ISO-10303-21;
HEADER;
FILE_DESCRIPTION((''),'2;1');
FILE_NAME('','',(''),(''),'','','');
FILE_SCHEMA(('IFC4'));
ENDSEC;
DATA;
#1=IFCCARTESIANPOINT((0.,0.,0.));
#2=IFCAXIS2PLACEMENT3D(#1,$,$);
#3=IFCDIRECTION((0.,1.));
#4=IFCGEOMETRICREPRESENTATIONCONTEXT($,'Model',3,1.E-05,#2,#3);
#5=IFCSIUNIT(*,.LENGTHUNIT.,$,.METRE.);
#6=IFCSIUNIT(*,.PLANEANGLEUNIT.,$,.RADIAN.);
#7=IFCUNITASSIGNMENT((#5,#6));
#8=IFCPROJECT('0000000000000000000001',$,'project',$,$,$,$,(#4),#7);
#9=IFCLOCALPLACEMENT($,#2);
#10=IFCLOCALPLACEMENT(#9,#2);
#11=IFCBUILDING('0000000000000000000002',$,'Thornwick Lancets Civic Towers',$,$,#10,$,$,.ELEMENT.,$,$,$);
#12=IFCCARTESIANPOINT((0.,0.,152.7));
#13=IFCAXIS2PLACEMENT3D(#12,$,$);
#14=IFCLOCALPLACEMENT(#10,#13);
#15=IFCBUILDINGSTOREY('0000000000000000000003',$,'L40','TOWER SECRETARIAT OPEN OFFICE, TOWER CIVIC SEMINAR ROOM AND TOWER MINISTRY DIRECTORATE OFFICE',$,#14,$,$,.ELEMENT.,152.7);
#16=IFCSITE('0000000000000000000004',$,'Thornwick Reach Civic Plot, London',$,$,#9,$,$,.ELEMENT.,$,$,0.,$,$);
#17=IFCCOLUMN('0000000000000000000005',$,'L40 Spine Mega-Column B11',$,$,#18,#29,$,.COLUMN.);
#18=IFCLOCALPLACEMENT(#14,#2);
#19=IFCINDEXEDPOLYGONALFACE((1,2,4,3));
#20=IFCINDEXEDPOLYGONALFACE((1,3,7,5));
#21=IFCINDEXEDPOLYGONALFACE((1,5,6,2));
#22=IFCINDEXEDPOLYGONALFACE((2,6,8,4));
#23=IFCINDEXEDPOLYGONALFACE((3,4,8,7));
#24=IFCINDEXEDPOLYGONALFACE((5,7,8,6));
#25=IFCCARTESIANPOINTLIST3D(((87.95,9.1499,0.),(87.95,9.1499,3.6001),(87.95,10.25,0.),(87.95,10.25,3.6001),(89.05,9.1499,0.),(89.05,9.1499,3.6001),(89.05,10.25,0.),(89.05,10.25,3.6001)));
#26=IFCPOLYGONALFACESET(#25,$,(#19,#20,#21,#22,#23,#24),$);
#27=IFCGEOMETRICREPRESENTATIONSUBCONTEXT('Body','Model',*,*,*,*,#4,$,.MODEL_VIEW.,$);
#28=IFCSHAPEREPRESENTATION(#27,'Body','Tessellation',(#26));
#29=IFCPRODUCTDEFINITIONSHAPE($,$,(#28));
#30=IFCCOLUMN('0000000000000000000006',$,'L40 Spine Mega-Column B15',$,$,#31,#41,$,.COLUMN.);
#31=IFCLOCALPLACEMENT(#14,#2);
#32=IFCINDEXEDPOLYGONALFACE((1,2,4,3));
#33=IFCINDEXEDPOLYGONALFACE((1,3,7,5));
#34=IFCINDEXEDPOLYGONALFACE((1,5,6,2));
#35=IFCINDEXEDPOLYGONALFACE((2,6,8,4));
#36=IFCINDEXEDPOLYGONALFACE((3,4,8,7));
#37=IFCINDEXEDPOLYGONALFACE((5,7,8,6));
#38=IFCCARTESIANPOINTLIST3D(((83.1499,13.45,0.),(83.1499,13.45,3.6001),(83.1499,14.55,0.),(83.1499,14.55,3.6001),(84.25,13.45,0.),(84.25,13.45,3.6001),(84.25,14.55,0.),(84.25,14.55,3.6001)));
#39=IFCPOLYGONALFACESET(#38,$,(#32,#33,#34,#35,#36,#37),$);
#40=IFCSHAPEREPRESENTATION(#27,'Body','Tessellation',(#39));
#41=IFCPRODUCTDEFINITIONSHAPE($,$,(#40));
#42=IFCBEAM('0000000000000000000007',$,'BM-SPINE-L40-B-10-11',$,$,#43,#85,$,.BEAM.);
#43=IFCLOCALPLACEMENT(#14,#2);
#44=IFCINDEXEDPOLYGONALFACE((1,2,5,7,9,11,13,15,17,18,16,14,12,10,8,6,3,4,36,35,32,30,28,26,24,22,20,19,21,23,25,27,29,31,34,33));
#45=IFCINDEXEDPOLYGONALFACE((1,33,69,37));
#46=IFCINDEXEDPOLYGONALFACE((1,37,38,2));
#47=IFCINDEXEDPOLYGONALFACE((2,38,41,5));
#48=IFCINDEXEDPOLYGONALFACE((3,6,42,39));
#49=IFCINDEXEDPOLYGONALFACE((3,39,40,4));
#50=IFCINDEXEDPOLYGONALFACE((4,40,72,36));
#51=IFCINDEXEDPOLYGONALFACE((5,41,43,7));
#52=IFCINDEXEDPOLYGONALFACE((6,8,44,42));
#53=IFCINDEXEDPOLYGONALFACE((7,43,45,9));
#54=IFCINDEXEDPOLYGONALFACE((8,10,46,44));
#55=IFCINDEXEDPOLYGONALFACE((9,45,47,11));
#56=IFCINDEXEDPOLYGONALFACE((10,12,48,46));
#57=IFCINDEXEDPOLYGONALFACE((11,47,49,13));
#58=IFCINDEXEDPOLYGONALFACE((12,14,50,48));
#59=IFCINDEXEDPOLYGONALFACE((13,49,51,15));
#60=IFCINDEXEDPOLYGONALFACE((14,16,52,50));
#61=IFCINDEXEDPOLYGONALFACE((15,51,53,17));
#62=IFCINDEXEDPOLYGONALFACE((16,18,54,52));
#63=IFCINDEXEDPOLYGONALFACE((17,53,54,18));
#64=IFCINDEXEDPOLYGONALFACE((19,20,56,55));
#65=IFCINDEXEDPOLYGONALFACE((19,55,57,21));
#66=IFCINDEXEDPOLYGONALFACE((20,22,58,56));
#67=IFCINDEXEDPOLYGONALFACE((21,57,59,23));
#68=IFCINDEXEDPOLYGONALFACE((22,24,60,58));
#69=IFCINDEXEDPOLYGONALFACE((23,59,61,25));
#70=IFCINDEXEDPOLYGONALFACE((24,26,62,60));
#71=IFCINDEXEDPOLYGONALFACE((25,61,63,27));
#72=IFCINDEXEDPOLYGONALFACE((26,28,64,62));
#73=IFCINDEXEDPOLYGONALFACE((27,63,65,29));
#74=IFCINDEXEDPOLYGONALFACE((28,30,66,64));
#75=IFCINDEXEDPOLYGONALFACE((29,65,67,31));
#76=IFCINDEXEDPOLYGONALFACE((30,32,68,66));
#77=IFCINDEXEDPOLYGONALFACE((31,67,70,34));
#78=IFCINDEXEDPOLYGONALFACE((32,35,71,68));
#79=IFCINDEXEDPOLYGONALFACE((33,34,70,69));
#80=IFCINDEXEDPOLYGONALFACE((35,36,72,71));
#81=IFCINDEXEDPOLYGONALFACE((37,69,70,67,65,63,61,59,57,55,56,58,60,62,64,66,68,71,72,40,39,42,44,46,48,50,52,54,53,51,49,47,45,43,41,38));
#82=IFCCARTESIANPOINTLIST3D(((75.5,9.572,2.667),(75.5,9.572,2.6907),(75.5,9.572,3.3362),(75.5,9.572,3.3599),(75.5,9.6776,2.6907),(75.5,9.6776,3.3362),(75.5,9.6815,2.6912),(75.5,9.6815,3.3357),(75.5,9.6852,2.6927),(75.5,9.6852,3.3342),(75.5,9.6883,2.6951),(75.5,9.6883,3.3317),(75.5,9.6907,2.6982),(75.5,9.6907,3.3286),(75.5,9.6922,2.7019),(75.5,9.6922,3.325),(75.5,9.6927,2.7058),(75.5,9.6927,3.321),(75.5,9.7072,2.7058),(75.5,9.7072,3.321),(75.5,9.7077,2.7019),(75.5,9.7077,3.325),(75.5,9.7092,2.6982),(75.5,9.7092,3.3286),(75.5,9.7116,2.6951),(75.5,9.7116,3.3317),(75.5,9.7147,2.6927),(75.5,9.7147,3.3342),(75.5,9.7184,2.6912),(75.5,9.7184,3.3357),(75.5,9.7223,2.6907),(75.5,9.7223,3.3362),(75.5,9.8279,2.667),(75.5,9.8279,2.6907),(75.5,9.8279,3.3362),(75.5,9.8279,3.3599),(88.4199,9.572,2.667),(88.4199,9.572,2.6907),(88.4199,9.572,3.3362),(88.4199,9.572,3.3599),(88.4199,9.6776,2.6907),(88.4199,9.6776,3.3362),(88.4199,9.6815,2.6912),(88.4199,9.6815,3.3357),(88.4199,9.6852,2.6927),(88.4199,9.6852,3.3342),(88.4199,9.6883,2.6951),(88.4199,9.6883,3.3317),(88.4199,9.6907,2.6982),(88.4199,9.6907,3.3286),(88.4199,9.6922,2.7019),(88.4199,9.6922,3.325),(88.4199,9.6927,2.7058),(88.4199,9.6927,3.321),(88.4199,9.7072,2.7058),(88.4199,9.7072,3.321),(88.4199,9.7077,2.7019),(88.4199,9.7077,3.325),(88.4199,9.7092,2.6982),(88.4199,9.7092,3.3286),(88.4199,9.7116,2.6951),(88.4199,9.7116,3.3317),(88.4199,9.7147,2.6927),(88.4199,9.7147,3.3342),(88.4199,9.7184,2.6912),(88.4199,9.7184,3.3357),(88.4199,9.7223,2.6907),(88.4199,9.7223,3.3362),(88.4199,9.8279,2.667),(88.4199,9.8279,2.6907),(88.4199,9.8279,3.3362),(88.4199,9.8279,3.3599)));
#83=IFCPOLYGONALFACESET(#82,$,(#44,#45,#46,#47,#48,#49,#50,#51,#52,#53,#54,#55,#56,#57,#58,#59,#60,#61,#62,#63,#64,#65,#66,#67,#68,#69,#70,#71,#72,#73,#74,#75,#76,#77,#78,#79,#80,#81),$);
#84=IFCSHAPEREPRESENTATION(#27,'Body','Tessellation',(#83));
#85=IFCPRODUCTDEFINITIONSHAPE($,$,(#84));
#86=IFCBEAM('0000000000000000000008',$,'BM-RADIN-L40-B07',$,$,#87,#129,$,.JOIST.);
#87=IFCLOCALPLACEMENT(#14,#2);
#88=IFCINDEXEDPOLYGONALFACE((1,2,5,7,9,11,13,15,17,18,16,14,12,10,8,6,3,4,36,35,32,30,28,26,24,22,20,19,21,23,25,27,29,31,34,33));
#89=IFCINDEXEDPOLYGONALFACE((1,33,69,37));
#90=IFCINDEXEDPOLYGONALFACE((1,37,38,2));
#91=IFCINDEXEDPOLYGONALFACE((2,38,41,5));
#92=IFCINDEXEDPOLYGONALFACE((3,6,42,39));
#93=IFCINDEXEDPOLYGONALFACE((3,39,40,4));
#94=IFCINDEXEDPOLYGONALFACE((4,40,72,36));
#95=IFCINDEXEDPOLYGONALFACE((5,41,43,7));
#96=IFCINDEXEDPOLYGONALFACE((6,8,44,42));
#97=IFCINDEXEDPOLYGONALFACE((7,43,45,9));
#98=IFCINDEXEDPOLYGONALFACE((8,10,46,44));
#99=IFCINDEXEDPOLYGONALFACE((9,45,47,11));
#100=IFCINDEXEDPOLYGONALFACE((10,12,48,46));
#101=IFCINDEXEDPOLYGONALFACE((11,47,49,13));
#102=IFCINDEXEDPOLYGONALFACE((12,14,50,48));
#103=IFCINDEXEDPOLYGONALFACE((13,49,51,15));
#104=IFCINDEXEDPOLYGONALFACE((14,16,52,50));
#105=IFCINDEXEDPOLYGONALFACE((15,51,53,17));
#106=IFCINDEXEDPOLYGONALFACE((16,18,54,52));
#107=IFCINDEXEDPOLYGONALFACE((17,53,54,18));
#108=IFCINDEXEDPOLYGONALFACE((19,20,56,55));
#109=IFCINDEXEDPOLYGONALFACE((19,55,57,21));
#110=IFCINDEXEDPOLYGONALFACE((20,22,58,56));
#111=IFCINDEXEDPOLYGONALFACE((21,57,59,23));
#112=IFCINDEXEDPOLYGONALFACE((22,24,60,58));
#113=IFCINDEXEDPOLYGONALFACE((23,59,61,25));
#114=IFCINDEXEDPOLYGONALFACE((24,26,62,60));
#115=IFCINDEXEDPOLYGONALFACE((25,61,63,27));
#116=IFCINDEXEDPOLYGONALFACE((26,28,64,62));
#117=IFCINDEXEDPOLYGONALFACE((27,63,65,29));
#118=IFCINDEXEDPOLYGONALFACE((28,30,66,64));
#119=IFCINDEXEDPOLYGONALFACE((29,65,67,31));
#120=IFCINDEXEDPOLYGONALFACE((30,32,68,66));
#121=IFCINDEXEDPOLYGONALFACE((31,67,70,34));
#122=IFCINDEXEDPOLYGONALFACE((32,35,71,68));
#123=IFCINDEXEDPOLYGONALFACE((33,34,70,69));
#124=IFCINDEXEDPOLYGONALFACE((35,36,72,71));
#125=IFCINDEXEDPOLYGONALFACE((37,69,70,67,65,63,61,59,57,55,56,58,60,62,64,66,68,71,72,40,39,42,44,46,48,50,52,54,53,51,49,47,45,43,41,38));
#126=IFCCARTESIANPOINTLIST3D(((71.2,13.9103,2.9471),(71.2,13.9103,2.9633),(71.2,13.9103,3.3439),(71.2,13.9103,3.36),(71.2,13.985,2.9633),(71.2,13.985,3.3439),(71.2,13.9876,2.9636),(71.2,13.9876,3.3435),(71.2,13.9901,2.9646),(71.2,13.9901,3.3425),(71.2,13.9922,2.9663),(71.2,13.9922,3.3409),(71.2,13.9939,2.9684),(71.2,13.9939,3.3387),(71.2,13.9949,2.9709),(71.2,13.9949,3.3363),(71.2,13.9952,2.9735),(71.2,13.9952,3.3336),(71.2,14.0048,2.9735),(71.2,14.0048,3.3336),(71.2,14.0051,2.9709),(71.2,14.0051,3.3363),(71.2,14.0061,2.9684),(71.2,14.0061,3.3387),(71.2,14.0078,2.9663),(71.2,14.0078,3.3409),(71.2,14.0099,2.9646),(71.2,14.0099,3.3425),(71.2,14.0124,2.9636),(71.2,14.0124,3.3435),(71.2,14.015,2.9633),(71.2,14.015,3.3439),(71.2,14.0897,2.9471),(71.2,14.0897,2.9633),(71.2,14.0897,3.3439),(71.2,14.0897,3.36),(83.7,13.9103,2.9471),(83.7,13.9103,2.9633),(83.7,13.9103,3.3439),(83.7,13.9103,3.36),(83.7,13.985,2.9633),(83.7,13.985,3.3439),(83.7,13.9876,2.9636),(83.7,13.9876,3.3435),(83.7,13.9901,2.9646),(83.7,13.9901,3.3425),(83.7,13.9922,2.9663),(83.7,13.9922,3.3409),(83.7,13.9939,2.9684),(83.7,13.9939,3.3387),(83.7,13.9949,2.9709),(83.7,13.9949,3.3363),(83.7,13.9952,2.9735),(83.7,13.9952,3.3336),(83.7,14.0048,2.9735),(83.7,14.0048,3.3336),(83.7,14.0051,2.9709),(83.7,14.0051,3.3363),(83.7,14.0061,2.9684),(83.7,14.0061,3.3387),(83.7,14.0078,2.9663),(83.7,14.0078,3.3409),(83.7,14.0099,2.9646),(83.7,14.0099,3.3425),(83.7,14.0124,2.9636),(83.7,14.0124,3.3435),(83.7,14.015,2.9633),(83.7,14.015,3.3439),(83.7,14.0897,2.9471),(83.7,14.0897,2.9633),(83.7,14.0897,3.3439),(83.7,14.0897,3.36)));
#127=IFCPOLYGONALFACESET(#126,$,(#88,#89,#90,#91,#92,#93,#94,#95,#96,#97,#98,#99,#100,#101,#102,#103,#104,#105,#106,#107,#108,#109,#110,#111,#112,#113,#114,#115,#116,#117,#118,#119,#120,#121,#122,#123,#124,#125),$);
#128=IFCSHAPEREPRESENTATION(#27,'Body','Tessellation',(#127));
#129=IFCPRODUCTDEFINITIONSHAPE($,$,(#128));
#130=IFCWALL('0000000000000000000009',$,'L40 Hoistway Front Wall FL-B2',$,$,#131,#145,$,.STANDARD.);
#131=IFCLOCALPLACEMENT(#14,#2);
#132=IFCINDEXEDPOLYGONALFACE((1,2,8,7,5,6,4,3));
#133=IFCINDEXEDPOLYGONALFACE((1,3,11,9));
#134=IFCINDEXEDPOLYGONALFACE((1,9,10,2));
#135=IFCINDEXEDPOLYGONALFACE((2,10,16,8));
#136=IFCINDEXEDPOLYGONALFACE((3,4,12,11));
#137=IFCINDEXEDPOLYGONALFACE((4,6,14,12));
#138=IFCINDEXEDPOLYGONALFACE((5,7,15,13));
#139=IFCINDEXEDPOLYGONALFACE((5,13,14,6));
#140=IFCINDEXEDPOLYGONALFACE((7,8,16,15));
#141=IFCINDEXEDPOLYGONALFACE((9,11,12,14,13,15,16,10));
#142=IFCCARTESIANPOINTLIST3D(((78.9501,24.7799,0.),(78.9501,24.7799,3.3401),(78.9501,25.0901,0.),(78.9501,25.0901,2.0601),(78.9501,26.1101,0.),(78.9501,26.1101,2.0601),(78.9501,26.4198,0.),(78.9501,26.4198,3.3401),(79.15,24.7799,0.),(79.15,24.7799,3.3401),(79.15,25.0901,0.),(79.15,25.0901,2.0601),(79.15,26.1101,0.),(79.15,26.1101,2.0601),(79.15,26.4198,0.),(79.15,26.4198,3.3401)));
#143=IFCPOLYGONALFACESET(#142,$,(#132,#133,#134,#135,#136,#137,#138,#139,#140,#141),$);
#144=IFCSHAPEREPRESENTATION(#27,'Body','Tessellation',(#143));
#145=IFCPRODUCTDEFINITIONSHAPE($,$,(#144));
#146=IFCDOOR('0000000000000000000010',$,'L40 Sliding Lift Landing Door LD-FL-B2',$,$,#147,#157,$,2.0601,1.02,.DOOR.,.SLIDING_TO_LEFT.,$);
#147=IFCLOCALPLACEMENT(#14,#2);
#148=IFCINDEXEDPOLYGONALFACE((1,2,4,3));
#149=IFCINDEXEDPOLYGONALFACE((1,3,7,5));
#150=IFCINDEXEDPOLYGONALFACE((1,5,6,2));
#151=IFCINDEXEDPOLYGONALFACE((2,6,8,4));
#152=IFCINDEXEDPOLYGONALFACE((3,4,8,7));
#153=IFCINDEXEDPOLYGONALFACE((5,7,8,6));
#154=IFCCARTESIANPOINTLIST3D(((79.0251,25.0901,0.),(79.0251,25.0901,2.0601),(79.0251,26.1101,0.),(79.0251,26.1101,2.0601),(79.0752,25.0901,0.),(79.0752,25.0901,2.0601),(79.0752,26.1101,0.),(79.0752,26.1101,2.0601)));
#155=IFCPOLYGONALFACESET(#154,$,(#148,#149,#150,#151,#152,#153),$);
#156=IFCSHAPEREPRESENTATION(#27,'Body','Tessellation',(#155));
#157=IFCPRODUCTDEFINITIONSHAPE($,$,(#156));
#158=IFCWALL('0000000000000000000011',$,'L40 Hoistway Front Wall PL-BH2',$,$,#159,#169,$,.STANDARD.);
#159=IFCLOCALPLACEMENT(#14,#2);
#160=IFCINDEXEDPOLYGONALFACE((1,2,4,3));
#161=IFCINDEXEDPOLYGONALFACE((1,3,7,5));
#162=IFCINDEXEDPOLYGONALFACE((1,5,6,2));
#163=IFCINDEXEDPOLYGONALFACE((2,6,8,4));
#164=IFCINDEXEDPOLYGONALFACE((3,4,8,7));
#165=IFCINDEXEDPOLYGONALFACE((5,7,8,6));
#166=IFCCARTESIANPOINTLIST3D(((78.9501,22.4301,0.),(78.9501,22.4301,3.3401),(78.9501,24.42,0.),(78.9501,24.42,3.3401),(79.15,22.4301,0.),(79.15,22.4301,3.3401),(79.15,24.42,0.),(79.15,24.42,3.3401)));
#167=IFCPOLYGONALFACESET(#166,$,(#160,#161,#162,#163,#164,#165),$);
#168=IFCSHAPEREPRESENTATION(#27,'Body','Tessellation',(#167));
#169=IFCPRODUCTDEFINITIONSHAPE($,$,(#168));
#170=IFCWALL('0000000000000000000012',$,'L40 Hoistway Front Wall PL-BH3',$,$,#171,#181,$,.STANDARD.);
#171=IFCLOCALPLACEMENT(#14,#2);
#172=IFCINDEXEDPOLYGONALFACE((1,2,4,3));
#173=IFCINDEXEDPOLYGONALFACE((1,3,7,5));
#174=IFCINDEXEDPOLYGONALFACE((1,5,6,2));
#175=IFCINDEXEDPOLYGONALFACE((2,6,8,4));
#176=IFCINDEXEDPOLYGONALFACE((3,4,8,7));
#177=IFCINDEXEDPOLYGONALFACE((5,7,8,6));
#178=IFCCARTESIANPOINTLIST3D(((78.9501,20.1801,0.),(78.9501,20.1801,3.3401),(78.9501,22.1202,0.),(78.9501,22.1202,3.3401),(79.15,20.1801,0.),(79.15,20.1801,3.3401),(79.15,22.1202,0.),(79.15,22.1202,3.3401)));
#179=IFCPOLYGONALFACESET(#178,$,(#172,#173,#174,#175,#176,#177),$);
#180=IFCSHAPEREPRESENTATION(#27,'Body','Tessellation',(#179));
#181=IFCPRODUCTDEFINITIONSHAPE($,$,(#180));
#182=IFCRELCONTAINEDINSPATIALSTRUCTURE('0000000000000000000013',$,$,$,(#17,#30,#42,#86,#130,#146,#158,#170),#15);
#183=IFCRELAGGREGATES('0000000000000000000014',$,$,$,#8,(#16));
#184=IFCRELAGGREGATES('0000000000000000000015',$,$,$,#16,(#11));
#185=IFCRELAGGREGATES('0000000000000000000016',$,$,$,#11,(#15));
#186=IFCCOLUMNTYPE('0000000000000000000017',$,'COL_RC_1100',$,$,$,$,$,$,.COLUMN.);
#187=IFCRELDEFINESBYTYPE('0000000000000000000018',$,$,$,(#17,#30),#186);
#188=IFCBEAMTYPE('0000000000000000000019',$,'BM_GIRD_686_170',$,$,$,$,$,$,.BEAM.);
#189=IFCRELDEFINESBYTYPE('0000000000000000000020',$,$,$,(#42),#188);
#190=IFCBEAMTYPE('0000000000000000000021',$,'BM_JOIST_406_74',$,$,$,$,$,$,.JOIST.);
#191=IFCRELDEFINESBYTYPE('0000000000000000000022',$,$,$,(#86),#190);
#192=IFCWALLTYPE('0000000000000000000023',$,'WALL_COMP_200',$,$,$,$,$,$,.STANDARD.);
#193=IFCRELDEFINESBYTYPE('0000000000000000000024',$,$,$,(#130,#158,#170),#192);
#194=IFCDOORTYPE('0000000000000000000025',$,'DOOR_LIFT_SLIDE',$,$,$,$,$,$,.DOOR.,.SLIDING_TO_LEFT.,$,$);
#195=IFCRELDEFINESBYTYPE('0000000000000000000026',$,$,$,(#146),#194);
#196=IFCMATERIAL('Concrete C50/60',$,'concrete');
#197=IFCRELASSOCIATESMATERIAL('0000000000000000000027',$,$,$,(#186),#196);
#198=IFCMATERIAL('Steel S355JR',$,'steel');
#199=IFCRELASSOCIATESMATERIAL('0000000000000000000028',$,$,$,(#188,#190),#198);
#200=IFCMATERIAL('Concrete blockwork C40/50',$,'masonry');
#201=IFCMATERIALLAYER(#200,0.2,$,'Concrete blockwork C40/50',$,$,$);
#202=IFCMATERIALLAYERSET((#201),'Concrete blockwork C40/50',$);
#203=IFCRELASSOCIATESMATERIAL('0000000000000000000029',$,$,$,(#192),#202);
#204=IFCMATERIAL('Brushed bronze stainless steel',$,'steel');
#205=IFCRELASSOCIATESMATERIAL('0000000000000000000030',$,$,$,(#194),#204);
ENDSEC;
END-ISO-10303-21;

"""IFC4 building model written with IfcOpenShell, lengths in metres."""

from ifc_helpers import new_model, si_unit, direction, frame, frame_2d, origin, origin_2d, place, context, subcontext, project, spatial, rectangle, i_section, extrude, material, layer, layer_set, material_profile, profile_set, type_object, element, fill, save


model = new_model("IFC4")

# Units and contexts
model_context = context("Model", 3, precision=1e-05, world=origin(), true_north=direction((0.0, 1.0)))
body_context = subcontext(model_context, "Body", "Model", "MODEL_VIEW")
ifc_project = project(units=[si_unit("LENGTHUNIT", "METRE"), si_unit("PLANEANGLEUNIT", "RADIAN")], contexts=[model_context])

# Site, building, storey
site_placement = place(None, origin())
site = spatial("IfcSite", under=ifc_project, at=site_placement, Name="Thornwick Reach Civic Plot, London", CompositionType="ELEMENT", RefElevation=0.0)
building_placement = place(site_placement, origin())
building = spatial("IfcBuilding", under=site, at=building_placement, Name="Thornwick Lancets Civic Towers", CompositionType="ELEMENT")
storey_placement = place(building_placement, frame((0.0, 0.0, 152.7)))
storey = spatial("IfcBuildingStorey", under=building, at=storey_placement, Name="L40", Description="TOWER SECRETARIAT OPEN OFFICE, TOWER CIVIC SEMINAR ROOM AND TOWER MINISTRY DIRECTORATE OFFICE", CompositionType="ELEMENT", Elevation=152.7)

# Columns
ifc_material_1 = material(Name="Concrete C50/60", Category="concrete")
ifc_material_profile_1 = material_profile(ifc_material_1, rectangle(XDim=1.1001, YDim=1.1001, at=origin_2d()), Name="RC 1100x1100")
ifc_profile_set_1 = profile_set([ifc_material_profile_1], Name="Concrete C50/60")
column_type = type_object("IfcColumnType", Name="COL_RC_1100", PredefinedType="COLUMN", material=ifc_profile_set_1)
for number, where, z_axis, x_axis, name in (
    (1, (88.5, 9.7, 0.0), (0.0, 0.0, 1.0), (1.0, 0.0, 0.0), "L40 Spine Mega-Column B11"),
    (2, (83.7, 14.0, 0.0), (0.0, 0.0, 1.0), (1.0, 0.0, 0.0), "L40 Spine Mega-Column B15"),
):
    element("IfcColumn", number, at=place(storey_placement, frame(where, z_axis=z_axis, x_axis=x_axis)), inside=storey, type_object=column_type, Name=name, PredefinedType="COLUMN", context=body_context, shape_type="SweptSolid", body=[
        extrude(rectangle(XDim=1.1001, YDim=1.1001, at=origin_2d()), origin(), (0.0, 0.0, 1.0), 3.6001),
    ])

# Beams
ifc_material_2 = material(Name="Steel S355JR", Category="steel")
ifc_material_profile_2 = material_profile(ifc_material_2, i_section(OverallWidth=0.2559, OverallDepth=0.6929, WebThickness=0.0144, FlangeThickness=0.0237, FilletRadius=0.0151, at=origin_2d()), Name="UKB 686x254x170")
ifc_profile_set_2 = profile_set([ifc_material_profile_2], Name="Steel S355JR")
beam_type_1 = type_object("IfcBeamType", Name="BM_GIRD_686_170", PredefinedType="BEAM", material=ifc_profile_set_2)
beam_1_placement = place(storey_placement, frame((88.4199, 9.7, 3.0134), z_axis=(-1.0, 0.0, 0.0), x_axis=(0.0, -1.0, 0.0)))
element("IfcBeam", 3, at=beam_1_placement, inside=storey, type_object=beam_type_1, Name="BM-SPINE-L40-B-10-11", PredefinedType="BEAM", context=body_context, shape_type="SweptSolid", body=[
    extrude(i_section(OverallWidth=0.2559, OverallDepth=0.6929, WebThickness=0.0144, FlangeThickness=0.0237, FilletRadius=0.0151, at=origin_2d()), origin(), (0.0, 0.0, 1.0), 12.9199),
])
ifc_material_profile_3 = material_profile(ifc_material_2, i_section(OverallWidth=0.1794, OverallDepth=0.4128, WebThickness=0.0095, FlangeThickness=0.0161, FilletRadius=0.0103, at=origin_2d()), Name="UKB 406x178x74")
ifc_profile_set_3 = profile_set([ifc_material_profile_3], Name="Steel S355JR")
beam_type_2 = type_object("IfcBeamType", Name="BM_JOIST_406_74", PredefinedType="JOIST", material=ifc_profile_set_3)
beam_2_placement = place(storey_placement, frame((83.7, 14.0, 3.1536), z_axis=(-1.0, 0.0, 0.0), x_axis=(0.0, -1.0, 0.0)))
element("IfcBeam", 4, at=beam_2_placement, inside=storey, type_object=beam_type_2, Name="BM-RADIN-L40-B07", PredefinedType="JOIST", context=body_context, shape_type="SweptSolid", body=[
    extrude(i_section(OverallWidth=0.1794, OverallDepth=0.4128, WebThickness=0.0095, FlangeThickness=0.0161, FilletRadius=0.0103, at=origin_2d()), origin(), (0.0, 0.0, 1.0), 12.5),
])

# Wall, opening, door
ifc_material_3 = material(Name="Concrete blockwork C40/50", Category="masonry")
ifc_layer_1 = layer(ifc_material_3, 0.2, Name="Concrete blockwork C40/50")
ifc_layer_set_1 = layer_set([ifc_layer_1], Name="Concrete blockwork C40/50")
wall_type_1 = type_object("IfcWallType", Name="WALL_COMP_200", PredefinedType="STANDARD", material=ifc_layer_set_1)
wall_1_placement = place(storey_placement, frame((79.05, 24.78, 0.0), z_axis=(0.0, 0.0, 1.0), x_axis=(0.0, 1.0, 0.0)))
wall_1 = element("IfcWall", 5, at=wall_1_placement, inside=storey, type_object=wall_type_1, Name="L40 Hoistway Front Wall FL-B2", PredefinedType="STANDARD", context=body_context, shape_type="SweptSolid", body=[
    extrude(rectangle(XDim=1.6399, YDim=0.2, at=frame_2d((0.8198, 0.0))), origin(), (0.0, 0.0, 1.0), 3.3401),
])
opening_1_placement = place(wall_1_placement, frame((0.3101, 0.0, 0.0)))
opening_1 = element("IfcOpeningElement", 6, at=opening_1_placement, cuts=wall_1, PredefinedType="OPENING", context=body_context, shape_type="SweptSolid", body=[
    extrude(rectangle(XDim=1.02, YDim=2.0601, at=frame_2d((0.51, 1.03))), frame((0.0, 0.1099, 0.0), z_axis=(0.0, -1.0, 0.0), x_axis=(1.0, 0.0, 0.0)), (0.0, 0.0, 1.0), 0.22),
])
ifc_material_4 = material(Name="Brushed bronze stainless steel", Category="steel")
door_type_1 = type_object("IfcDoorType", Name="DOOR_LIFT_SLIDE", OperationType="SLIDING_TO_LEFT", PredefinedType="DOOR", material=ifc_material_4)
door_1_placement = place(opening_1_placement, origin())
door_1 = element("IfcDoor", 7, at=door_1_placement, inside=storey, type_object=door_type_1, Name="L40 Sliding Lift Landing Door LD-FL-B2", OperationType="SLIDING_TO_LEFT", OverallHeight=2.0601, OverallWidth=1.02, PredefinedType="DOOR", context=body_context, shape_type="SweptSolid", body=[
    extrude(rectangle(XDim=1.02, YDim=2.0601, at=frame_2d((0.51, 1.03))), frame((0.0, 0.0249, 0.0), z_axis=(0.0, -1.0, 0.0), x_axis=(1.0, 0.0, 0.0)), (0.0, 0.0, 1.0), 0.05),
])
fill(opening_1, door_1)

# Walls
wall_2_placement = place(storey_placement, frame((79.05, 22.4299, 0.0), z_axis=(0.0, 0.0, 1.0), x_axis=(0.0, 1.0, 0.0)))
element("IfcWall", 8, at=wall_2_placement, inside=storey, type_object=wall_type_1, Name="L40 Hoistway Front Wall PL-BH2", PredefinedType="STANDARD", context=body_context, shape_type="SweptSolid", body=[
    extrude(rectangle(XDim=1.99, YDim=0.2, at=frame_2d((0.9951, 0.0))), origin(), (0.0, 0.0, 1.0), 3.3401),
])
wall_3_placement = place(storey_placement, frame((79.05, 20.1799, 0.0), z_axis=(0.0, 0.0, 1.0), x_axis=(0.0, 1.0, 0.0)))
element("IfcWall", 9, at=wall_3_placement, inside=storey, type_object=wall_type_1, Name="L40 Hoistway Front Wall PL-BH3", PredefinedType="STANDARD", context=body_context, shape_type="SweptSolid", body=[
    extrude(rectangle(XDim=1.9402, YDim=0.2, at=frame_2d((0.9702, 0.0))), origin(), (0.0, 0.0, 1.0), 3.3401),
])

save(model, "model.ifc")
